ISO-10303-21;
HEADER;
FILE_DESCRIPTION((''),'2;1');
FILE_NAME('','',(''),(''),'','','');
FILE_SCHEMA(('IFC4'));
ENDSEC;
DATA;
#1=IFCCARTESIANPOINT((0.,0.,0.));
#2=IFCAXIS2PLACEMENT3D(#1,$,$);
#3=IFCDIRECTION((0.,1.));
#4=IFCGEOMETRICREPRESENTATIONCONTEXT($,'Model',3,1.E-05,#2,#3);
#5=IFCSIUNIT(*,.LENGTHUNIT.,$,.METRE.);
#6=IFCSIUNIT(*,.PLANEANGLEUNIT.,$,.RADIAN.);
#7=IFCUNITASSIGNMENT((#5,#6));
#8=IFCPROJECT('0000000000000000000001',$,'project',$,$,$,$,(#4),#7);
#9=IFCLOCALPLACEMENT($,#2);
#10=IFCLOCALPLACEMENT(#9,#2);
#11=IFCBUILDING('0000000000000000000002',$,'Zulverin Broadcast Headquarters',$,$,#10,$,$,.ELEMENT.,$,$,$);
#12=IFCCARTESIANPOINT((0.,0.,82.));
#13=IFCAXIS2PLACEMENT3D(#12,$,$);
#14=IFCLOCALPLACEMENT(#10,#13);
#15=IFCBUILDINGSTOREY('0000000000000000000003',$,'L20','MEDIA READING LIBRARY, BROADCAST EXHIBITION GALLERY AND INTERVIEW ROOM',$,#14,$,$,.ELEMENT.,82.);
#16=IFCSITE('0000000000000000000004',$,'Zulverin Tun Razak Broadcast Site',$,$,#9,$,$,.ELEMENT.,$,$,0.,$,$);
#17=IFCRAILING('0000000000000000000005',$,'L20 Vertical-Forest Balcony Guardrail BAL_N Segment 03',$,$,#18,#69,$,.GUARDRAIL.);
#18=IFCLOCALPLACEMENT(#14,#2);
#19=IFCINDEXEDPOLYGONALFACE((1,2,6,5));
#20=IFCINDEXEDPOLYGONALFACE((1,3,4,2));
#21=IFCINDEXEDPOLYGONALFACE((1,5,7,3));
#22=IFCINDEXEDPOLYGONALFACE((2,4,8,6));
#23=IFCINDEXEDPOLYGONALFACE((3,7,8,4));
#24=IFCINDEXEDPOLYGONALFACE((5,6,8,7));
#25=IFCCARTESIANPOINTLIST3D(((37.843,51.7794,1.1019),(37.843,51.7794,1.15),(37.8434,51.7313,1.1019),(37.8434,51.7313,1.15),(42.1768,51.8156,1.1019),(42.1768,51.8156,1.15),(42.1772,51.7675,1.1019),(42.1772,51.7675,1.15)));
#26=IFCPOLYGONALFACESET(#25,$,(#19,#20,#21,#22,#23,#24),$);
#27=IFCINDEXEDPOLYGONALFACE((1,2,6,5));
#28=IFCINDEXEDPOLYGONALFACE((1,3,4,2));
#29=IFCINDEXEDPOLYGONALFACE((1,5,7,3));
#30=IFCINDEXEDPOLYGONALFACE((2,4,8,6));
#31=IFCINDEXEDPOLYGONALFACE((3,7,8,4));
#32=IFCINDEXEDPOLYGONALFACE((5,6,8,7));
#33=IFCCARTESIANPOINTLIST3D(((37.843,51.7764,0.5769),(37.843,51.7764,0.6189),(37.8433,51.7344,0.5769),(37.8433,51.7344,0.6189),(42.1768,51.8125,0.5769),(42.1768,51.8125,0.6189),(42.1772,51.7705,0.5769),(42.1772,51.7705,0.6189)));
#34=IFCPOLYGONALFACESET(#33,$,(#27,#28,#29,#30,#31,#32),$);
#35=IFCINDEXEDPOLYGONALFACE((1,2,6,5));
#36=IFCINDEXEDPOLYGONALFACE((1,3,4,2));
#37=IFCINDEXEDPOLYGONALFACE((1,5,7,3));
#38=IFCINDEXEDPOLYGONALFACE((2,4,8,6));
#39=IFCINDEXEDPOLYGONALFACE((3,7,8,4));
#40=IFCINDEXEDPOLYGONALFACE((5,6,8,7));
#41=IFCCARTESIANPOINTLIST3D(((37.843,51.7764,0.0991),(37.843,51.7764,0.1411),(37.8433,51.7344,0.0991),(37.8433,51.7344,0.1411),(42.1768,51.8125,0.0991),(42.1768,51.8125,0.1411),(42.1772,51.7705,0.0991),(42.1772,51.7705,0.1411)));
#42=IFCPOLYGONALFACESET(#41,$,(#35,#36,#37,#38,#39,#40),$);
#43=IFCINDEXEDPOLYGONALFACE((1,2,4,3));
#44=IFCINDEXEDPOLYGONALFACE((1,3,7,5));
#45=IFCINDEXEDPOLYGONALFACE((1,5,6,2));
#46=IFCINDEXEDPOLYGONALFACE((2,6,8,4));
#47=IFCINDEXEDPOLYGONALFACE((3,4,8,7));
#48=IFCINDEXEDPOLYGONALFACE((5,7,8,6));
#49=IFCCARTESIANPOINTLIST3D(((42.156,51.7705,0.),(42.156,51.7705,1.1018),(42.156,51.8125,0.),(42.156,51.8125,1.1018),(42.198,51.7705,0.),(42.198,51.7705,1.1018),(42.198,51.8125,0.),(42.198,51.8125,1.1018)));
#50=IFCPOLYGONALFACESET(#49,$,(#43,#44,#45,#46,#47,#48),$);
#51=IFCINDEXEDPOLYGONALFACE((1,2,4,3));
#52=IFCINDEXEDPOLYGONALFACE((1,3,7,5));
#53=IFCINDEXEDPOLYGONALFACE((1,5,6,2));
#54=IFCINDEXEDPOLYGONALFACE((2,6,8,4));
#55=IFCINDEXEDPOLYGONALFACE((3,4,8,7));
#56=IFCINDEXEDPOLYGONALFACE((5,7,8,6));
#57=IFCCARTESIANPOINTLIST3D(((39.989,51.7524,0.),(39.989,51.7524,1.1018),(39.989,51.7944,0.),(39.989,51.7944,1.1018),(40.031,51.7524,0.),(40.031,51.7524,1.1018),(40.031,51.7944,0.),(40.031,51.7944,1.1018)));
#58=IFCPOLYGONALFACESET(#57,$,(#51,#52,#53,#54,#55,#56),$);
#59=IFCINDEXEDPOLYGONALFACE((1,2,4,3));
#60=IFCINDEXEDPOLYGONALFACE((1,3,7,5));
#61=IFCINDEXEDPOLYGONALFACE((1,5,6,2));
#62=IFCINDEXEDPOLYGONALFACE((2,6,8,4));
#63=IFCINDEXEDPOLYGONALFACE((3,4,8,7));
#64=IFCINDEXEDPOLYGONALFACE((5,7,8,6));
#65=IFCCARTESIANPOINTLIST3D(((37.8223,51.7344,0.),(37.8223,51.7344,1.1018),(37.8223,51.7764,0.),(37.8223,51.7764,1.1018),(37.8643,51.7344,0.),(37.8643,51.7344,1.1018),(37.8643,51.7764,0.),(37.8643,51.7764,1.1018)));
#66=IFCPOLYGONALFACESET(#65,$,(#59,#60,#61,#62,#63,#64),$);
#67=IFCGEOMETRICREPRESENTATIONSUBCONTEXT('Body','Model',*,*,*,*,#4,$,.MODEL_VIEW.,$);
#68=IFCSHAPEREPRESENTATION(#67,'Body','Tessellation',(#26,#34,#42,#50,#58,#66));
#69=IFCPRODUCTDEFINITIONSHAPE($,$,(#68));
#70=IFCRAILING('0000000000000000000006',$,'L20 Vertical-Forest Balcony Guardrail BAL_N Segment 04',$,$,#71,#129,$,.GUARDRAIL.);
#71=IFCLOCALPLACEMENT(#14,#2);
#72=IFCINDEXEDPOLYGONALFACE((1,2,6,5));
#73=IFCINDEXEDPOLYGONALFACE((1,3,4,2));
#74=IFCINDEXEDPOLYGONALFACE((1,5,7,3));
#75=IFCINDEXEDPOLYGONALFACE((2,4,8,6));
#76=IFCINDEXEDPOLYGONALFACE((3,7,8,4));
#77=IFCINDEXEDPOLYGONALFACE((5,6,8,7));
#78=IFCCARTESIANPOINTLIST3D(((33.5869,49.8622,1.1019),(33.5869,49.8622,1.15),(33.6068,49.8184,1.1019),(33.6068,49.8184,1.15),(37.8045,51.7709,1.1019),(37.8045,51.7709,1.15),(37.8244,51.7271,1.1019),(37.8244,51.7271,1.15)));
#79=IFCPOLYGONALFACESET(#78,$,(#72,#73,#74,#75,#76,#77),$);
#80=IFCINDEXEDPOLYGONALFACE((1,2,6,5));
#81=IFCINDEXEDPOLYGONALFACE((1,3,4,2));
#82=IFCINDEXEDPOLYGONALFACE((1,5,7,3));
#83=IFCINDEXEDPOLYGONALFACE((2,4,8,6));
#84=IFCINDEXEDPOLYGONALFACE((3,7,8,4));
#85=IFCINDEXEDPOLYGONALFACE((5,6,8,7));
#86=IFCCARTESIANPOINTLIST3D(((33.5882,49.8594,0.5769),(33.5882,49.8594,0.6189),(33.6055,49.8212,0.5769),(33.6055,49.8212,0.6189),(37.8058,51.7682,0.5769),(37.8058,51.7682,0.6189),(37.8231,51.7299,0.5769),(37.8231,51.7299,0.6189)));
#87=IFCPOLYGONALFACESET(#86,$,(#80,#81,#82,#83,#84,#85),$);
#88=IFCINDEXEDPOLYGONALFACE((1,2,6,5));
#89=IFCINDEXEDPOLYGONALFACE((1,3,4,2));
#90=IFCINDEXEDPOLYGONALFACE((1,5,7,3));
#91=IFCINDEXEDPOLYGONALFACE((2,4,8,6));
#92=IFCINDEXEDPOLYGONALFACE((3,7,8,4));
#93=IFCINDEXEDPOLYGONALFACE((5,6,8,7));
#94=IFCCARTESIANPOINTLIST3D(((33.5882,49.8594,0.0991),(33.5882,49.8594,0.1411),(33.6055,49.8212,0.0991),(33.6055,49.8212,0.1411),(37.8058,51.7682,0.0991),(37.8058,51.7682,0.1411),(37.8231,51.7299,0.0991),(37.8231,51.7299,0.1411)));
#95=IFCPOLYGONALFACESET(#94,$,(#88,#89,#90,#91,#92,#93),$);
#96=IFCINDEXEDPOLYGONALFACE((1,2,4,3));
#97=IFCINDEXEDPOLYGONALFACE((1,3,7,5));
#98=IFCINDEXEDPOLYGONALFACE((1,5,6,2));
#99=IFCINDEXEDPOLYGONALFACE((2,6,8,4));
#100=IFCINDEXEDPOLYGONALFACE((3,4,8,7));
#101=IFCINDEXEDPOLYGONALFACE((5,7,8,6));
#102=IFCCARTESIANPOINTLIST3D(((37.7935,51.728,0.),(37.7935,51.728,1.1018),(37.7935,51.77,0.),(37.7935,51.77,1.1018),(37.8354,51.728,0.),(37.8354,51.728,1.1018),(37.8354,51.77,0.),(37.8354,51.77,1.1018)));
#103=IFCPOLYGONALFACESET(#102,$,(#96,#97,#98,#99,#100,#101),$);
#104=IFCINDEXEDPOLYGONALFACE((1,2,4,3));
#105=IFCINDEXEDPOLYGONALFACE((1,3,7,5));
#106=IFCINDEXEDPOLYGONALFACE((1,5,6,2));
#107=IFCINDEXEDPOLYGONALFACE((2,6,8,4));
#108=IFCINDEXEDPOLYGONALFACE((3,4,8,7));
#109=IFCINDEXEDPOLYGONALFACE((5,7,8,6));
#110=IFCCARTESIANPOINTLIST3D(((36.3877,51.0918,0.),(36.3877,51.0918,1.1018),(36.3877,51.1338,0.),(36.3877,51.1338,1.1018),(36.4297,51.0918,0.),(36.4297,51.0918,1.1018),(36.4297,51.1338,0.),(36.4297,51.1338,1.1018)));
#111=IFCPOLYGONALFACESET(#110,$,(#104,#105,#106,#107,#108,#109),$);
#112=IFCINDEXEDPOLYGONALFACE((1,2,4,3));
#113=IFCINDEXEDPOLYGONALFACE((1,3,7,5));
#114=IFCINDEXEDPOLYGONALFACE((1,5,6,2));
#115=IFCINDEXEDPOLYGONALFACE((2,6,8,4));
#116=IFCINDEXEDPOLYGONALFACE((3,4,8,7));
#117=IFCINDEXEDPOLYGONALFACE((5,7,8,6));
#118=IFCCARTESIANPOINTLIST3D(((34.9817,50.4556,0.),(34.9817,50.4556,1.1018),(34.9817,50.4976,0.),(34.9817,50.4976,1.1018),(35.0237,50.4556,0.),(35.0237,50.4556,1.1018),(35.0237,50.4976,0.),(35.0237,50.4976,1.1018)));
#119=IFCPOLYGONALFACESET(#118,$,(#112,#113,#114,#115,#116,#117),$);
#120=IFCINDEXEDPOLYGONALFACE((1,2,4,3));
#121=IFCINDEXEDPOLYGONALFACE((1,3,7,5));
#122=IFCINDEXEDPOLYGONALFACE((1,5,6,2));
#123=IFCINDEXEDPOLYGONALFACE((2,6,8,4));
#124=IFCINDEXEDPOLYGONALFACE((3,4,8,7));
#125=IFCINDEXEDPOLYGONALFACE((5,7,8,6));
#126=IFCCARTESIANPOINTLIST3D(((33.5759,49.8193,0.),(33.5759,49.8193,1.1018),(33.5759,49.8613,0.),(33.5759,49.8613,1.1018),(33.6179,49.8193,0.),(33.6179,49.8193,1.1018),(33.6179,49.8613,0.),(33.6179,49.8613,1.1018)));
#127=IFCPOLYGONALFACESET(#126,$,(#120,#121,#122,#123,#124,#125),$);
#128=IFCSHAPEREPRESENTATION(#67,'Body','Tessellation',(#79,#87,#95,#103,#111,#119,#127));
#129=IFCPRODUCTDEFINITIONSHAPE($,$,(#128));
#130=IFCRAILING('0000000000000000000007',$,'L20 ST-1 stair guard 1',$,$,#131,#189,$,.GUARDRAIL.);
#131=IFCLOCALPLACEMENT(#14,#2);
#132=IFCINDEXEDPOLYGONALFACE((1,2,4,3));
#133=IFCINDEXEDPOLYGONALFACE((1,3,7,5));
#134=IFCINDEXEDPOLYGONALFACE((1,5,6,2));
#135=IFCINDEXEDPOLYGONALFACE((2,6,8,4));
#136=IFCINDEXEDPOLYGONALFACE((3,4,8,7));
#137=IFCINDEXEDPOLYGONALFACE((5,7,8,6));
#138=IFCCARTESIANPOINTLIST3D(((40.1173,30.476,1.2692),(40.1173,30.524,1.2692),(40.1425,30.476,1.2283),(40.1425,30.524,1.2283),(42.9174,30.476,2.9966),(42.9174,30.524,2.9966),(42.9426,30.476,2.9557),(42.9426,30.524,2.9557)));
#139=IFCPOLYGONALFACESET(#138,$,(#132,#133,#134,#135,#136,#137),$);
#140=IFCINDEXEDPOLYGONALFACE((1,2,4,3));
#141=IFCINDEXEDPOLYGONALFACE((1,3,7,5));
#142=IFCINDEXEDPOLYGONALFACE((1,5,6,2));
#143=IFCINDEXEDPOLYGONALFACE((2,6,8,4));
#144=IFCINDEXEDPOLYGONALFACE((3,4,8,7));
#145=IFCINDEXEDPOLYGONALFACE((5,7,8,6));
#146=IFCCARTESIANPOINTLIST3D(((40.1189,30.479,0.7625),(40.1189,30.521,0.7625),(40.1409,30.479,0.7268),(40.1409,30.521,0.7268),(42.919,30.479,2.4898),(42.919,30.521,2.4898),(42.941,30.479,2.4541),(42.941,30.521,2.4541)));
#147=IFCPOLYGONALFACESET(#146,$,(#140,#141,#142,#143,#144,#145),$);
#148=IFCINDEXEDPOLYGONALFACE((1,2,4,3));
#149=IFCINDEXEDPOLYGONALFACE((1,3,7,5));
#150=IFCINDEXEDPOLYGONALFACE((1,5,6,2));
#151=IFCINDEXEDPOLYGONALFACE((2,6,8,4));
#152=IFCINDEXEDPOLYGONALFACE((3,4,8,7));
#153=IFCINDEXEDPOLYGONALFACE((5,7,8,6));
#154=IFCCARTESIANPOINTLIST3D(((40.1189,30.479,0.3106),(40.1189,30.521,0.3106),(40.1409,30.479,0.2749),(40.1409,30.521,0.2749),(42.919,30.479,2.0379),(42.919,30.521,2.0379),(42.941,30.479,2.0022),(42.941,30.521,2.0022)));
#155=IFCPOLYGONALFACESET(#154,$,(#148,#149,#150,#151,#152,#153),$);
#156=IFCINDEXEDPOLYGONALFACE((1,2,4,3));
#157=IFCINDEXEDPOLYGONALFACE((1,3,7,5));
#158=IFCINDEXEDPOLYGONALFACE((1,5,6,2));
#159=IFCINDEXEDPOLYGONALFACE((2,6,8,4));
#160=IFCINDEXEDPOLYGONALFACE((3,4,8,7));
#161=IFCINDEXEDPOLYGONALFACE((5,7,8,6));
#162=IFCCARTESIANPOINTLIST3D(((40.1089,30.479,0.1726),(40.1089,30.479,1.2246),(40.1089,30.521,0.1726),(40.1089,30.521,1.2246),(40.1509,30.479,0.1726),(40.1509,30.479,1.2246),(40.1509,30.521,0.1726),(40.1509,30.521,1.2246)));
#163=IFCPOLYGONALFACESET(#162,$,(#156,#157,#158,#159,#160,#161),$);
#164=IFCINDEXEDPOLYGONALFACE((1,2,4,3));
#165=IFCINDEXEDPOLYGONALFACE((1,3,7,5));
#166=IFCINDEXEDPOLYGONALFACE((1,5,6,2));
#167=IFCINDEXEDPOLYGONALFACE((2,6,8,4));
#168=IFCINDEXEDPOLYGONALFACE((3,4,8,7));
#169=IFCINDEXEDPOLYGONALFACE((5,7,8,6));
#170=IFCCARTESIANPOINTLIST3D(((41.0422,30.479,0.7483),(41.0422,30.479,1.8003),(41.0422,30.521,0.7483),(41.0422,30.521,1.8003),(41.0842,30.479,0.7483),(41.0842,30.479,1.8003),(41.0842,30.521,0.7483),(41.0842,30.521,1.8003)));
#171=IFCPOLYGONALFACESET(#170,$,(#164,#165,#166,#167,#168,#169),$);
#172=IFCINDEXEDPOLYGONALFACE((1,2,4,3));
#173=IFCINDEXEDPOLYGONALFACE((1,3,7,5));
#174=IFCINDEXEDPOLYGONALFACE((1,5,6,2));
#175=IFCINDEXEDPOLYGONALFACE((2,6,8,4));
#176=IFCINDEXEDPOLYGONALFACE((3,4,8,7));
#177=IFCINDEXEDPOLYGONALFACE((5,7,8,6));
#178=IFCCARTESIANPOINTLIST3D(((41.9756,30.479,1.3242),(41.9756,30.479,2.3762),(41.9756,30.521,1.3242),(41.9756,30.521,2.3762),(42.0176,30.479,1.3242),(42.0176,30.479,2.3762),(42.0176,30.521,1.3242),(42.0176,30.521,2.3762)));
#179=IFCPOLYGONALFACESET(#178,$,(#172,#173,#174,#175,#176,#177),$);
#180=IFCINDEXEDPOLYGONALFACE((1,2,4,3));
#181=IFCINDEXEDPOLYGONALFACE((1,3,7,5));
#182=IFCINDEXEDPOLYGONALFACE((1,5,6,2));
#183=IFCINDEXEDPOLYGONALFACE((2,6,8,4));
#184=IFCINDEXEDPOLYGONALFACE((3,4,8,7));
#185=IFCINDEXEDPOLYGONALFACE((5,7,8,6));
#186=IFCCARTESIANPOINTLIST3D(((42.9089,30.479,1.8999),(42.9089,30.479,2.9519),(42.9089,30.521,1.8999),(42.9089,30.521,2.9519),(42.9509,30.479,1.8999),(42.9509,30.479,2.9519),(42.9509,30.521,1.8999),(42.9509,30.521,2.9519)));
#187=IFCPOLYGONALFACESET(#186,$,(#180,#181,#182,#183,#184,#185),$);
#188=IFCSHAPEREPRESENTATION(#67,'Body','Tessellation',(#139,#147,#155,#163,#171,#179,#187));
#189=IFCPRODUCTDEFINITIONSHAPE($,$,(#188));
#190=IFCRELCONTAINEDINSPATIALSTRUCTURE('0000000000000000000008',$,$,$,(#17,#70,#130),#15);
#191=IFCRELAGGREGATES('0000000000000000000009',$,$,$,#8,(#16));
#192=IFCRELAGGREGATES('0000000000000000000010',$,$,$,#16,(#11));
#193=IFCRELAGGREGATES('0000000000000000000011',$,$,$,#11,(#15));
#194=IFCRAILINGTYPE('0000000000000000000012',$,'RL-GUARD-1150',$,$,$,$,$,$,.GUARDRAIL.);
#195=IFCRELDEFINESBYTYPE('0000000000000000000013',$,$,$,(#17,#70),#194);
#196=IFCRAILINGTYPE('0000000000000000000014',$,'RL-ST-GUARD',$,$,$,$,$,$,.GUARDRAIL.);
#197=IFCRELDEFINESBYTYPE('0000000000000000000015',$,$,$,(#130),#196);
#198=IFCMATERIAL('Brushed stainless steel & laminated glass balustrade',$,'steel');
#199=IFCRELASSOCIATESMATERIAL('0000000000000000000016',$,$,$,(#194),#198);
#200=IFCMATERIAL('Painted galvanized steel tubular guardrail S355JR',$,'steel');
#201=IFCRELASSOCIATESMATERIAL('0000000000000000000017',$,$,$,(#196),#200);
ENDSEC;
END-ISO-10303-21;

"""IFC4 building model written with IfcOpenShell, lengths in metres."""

from ifc_helpers import new_model, si_unit, direction, frame, origin, origin_2d, place, context, subcontext, project, spatial, rectangle, extrude, material, type_object, element, save


model = new_model("IFC4")

# Units and contexts
model_context = context("Model", 3, precision=1e-05, world=origin(), true_north=direction((0.0, 1.0)))
body_context = subcontext(model_context, "Body", "Model", "MODEL_VIEW")
ifc_project = project(units=[si_unit("LENGTHUNIT", "METRE"), si_unit("PLANEANGLEUNIT", "RADIAN")], contexts=[model_context])

# Site, building, storey
site_placement = place(None, origin())
site = spatial("IfcSite", under=ifc_project, at=site_placement, Name="Zulverin Tun Razak Broadcast Site", CompositionType="ELEMENT", RefElevation=0.0)
building_placement = place(site_placement, origin())
building = spatial("IfcBuilding", under=site, at=building_placement, Name="Zulverin Broadcast Headquarters", CompositionType="ELEMENT")
storey_placement = place(building_placement, frame((0.0, 0.0, 82.0)))
storey = spatial("IfcBuildingStorey", under=building, at=storey_placement, Name="L20", Description="MEDIA READING LIBRARY, BROADCAST EXHIBITION GALLERY AND INTERVIEW ROOM", CompositionType="ELEMENT", Elevation=82.0)

# Railings
ifc_material_1 = material(Name="Brushed stainless steel & laminated glass balustrade", Category="steel")
railing_type_1 = type_object("IfcRailingType", Name="RL-GUARD-1150", PredefinedType="GUARDRAIL", material=ifc_material_1)
railing_1_placement = place(storey_placement, frame((42.177, 51.7915, 0.0)))
element("IfcRailing", 1, at=railing_1_placement, inside=storey, type_object=railing_type_1, Name="L20 Vertical-Forest Balcony Guardrail BAL_N Segment 03", PredefinedType="GUARDRAIL", context=body_context, shape_type="SweptSolid", body=[
    extrude(rectangle(XDim=0.0481, YDim=0.0481, at=origin_2d()), frame((0.0, 0.0, 1.126), z_axis=(-0.999965, -0.008337, 0.0), x_axis=(0.008337, -0.999965, 0.0)), (0.0, 0.0, 1.0), 4.334),
    extrude(rectangle(XDim=0.042, YDim=0.042, at=origin_2d()), frame((0.0, 0.0, 0.5979), z_axis=(-0.999965, -0.008337, 0.0), x_axis=(0.008337, -0.999965, 0.0)), (0.0, 0.0, 1.0), 4.334),
    extrude(rectangle(XDim=0.042, YDim=0.042, at=origin_2d()), frame((0.0, 0.0, 0.1201), z_axis=(-0.999965, -0.008337, 0.0), x_axis=(0.008337, -0.999965, 0.0)), (0.0, 0.0, 1.0), 4.334),
    extrude(rectangle(XDim=0.042, YDim=0.042, at=origin_2d()), origin(), (0.0, 0.0, 1.0), 1.1018),
    extrude(rectangle(XDim=0.042, YDim=0.042, at=origin_2d()), frame((-2.167, -0.0181, 0.0)), (0.0, 0.0, 1.0), 1.1018),
    extrude(rectangle(XDim=0.042, YDim=0.042, at=origin_2d()), frame((-4.3337, -0.0361, 0.0)), (0.0, 0.0, 1.0), 1.1018),
])
railing_2_placement = place(storey_placement, frame((37.8145, 51.749, 0.0)))
element("IfcRailing", 2, at=railing_2_placement, inside=storey, type_object=railing_type_1, Name="L20 Vertical-Forest Balcony Guardrail BAL_N Segment 04", PredefinedType="GUARDRAIL", context=body_context, shape_type="SweptSolid", body=[
    extrude(rectangle(XDim=0.0481, YDim=0.0481, at=origin_2d()), frame((0.0, 0.0, 1.126), z_axis=(-0.911046, -0.412304, 0.0), x_axis=(0.412304, -0.911046, 0.0)), (0.0, 0.0, 1.0), 4.6294),
    extrude(rectangle(XDim=0.042, YDim=0.042, at=origin_2d()), frame((0.0, 0.0, 0.5979), z_axis=(-0.911046, -0.412304, 0.0), x_axis=(0.412304, -0.911046, 0.0)), (0.0, 0.0, 1.0), 4.6294),
    extrude(rectangle(XDim=0.042, YDim=0.042, at=origin_2d()), frame((0.0, 0.0, 0.1201), z_axis=(-0.911046, -0.412304, 0.0), x_axis=(0.412304, -0.911046, 0.0)), (0.0, 0.0, 1.0), 4.6294),
    extrude(rectangle(XDim=0.042, YDim=0.042, at=origin_2d()), origin(), (0.0, 0.0, 1.0), 1.1018),
    extrude(rectangle(XDim=0.042, YDim=0.042, at=origin_2d()), frame((-1.4058, -0.6362, 0.0)), (0.0, 0.0, 1.0), 1.1018),
    extrude(rectangle(XDim=0.042, YDim=0.042, at=origin_2d()), frame((-2.8118, -1.2725, 0.0)), (0.0, 0.0, 1.0), 1.1018),
    extrude(rectangle(XDim=0.042, YDim=0.042, at=origin_2d()), frame((-4.2175, -1.9087, 0.0)), (0.0, 0.0, 1.0), 1.1018),
])
ifc_material_2 = material(Name="Painted galvanized steel tubular guardrail S355JR", Category="steel")
railing_type_2 = type_object("IfcRailingType", Name="RL-ST-GUARD", PredefinedType="GUARDRAIL", material=ifc_material_2)
railing_3_placement = place(storey_placement, frame((40.1299, 30.5, 0.1726)))
element("IfcRailing", 3, at=railing_3_placement, inside=storey, type_object=railing_type_2, Name="L20 ST-1 stair guard 1", PredefinedType="GUARDRAIL", context=body_context, shape_type="SweptSolid", body=[
    extrude(rectangle(XDim=0.0481, YDim=0.0481, at=origin_2d()), frame((0.0, 0.0, 1.0762), z_axis=(0.85109, 0.0, 0.52502), x_axis=(0.0, 1.0, 0.0)), (0.0, 0.0, 1.0), 3.29),
    extrude(rectangle(XDim=0.042, YDim=0.042, at=origin_2d()), frame((0.0, 0.0, 0.572), z_axis=(0.85109, 0.0, 0.52502), x_axis=(0.0, 1.0, 0.0)), (0.0, 0.0, 1.0), 3.29),
    extrude(rectangle(XDim=0.042, YDim=0.042, at=origin_2d()), frame((0.0, 0.0, 0.1201), z_axis=(0.85109, 0.0, 0.52502), x_axis=(0.0, 1.0, 0.0)), (0.0, 0.0, 1.0), 3.29),
    extrude(rectangle(XDim=0.042, YDim=0.042, at=origin_2d()), origin(), (0.0, 0.0, 1.0), 1.052),
    extrude(rectangle(XDim=0.042, YDim=0.042, at=origin_2d()), frame((0.9333, 0.0, 0.5757)), (0.0, 0.0, 1.0), 1.052),
    extrude(rectangle(XDim=0.042, YDim=0.042, at=origin_2d()), frame((1.8667, 0.0, 1.1516)), (0.0, 0.0, 1.0), 1.052),
    extrude(rectangle(XDim=0.042, YDim=0.042, at=origin_2d()), frame((2.8, 0.0, 1.7273)), (0.0, 0.0, 1.0), 1.052),
])

save(model, "model.ifc")
